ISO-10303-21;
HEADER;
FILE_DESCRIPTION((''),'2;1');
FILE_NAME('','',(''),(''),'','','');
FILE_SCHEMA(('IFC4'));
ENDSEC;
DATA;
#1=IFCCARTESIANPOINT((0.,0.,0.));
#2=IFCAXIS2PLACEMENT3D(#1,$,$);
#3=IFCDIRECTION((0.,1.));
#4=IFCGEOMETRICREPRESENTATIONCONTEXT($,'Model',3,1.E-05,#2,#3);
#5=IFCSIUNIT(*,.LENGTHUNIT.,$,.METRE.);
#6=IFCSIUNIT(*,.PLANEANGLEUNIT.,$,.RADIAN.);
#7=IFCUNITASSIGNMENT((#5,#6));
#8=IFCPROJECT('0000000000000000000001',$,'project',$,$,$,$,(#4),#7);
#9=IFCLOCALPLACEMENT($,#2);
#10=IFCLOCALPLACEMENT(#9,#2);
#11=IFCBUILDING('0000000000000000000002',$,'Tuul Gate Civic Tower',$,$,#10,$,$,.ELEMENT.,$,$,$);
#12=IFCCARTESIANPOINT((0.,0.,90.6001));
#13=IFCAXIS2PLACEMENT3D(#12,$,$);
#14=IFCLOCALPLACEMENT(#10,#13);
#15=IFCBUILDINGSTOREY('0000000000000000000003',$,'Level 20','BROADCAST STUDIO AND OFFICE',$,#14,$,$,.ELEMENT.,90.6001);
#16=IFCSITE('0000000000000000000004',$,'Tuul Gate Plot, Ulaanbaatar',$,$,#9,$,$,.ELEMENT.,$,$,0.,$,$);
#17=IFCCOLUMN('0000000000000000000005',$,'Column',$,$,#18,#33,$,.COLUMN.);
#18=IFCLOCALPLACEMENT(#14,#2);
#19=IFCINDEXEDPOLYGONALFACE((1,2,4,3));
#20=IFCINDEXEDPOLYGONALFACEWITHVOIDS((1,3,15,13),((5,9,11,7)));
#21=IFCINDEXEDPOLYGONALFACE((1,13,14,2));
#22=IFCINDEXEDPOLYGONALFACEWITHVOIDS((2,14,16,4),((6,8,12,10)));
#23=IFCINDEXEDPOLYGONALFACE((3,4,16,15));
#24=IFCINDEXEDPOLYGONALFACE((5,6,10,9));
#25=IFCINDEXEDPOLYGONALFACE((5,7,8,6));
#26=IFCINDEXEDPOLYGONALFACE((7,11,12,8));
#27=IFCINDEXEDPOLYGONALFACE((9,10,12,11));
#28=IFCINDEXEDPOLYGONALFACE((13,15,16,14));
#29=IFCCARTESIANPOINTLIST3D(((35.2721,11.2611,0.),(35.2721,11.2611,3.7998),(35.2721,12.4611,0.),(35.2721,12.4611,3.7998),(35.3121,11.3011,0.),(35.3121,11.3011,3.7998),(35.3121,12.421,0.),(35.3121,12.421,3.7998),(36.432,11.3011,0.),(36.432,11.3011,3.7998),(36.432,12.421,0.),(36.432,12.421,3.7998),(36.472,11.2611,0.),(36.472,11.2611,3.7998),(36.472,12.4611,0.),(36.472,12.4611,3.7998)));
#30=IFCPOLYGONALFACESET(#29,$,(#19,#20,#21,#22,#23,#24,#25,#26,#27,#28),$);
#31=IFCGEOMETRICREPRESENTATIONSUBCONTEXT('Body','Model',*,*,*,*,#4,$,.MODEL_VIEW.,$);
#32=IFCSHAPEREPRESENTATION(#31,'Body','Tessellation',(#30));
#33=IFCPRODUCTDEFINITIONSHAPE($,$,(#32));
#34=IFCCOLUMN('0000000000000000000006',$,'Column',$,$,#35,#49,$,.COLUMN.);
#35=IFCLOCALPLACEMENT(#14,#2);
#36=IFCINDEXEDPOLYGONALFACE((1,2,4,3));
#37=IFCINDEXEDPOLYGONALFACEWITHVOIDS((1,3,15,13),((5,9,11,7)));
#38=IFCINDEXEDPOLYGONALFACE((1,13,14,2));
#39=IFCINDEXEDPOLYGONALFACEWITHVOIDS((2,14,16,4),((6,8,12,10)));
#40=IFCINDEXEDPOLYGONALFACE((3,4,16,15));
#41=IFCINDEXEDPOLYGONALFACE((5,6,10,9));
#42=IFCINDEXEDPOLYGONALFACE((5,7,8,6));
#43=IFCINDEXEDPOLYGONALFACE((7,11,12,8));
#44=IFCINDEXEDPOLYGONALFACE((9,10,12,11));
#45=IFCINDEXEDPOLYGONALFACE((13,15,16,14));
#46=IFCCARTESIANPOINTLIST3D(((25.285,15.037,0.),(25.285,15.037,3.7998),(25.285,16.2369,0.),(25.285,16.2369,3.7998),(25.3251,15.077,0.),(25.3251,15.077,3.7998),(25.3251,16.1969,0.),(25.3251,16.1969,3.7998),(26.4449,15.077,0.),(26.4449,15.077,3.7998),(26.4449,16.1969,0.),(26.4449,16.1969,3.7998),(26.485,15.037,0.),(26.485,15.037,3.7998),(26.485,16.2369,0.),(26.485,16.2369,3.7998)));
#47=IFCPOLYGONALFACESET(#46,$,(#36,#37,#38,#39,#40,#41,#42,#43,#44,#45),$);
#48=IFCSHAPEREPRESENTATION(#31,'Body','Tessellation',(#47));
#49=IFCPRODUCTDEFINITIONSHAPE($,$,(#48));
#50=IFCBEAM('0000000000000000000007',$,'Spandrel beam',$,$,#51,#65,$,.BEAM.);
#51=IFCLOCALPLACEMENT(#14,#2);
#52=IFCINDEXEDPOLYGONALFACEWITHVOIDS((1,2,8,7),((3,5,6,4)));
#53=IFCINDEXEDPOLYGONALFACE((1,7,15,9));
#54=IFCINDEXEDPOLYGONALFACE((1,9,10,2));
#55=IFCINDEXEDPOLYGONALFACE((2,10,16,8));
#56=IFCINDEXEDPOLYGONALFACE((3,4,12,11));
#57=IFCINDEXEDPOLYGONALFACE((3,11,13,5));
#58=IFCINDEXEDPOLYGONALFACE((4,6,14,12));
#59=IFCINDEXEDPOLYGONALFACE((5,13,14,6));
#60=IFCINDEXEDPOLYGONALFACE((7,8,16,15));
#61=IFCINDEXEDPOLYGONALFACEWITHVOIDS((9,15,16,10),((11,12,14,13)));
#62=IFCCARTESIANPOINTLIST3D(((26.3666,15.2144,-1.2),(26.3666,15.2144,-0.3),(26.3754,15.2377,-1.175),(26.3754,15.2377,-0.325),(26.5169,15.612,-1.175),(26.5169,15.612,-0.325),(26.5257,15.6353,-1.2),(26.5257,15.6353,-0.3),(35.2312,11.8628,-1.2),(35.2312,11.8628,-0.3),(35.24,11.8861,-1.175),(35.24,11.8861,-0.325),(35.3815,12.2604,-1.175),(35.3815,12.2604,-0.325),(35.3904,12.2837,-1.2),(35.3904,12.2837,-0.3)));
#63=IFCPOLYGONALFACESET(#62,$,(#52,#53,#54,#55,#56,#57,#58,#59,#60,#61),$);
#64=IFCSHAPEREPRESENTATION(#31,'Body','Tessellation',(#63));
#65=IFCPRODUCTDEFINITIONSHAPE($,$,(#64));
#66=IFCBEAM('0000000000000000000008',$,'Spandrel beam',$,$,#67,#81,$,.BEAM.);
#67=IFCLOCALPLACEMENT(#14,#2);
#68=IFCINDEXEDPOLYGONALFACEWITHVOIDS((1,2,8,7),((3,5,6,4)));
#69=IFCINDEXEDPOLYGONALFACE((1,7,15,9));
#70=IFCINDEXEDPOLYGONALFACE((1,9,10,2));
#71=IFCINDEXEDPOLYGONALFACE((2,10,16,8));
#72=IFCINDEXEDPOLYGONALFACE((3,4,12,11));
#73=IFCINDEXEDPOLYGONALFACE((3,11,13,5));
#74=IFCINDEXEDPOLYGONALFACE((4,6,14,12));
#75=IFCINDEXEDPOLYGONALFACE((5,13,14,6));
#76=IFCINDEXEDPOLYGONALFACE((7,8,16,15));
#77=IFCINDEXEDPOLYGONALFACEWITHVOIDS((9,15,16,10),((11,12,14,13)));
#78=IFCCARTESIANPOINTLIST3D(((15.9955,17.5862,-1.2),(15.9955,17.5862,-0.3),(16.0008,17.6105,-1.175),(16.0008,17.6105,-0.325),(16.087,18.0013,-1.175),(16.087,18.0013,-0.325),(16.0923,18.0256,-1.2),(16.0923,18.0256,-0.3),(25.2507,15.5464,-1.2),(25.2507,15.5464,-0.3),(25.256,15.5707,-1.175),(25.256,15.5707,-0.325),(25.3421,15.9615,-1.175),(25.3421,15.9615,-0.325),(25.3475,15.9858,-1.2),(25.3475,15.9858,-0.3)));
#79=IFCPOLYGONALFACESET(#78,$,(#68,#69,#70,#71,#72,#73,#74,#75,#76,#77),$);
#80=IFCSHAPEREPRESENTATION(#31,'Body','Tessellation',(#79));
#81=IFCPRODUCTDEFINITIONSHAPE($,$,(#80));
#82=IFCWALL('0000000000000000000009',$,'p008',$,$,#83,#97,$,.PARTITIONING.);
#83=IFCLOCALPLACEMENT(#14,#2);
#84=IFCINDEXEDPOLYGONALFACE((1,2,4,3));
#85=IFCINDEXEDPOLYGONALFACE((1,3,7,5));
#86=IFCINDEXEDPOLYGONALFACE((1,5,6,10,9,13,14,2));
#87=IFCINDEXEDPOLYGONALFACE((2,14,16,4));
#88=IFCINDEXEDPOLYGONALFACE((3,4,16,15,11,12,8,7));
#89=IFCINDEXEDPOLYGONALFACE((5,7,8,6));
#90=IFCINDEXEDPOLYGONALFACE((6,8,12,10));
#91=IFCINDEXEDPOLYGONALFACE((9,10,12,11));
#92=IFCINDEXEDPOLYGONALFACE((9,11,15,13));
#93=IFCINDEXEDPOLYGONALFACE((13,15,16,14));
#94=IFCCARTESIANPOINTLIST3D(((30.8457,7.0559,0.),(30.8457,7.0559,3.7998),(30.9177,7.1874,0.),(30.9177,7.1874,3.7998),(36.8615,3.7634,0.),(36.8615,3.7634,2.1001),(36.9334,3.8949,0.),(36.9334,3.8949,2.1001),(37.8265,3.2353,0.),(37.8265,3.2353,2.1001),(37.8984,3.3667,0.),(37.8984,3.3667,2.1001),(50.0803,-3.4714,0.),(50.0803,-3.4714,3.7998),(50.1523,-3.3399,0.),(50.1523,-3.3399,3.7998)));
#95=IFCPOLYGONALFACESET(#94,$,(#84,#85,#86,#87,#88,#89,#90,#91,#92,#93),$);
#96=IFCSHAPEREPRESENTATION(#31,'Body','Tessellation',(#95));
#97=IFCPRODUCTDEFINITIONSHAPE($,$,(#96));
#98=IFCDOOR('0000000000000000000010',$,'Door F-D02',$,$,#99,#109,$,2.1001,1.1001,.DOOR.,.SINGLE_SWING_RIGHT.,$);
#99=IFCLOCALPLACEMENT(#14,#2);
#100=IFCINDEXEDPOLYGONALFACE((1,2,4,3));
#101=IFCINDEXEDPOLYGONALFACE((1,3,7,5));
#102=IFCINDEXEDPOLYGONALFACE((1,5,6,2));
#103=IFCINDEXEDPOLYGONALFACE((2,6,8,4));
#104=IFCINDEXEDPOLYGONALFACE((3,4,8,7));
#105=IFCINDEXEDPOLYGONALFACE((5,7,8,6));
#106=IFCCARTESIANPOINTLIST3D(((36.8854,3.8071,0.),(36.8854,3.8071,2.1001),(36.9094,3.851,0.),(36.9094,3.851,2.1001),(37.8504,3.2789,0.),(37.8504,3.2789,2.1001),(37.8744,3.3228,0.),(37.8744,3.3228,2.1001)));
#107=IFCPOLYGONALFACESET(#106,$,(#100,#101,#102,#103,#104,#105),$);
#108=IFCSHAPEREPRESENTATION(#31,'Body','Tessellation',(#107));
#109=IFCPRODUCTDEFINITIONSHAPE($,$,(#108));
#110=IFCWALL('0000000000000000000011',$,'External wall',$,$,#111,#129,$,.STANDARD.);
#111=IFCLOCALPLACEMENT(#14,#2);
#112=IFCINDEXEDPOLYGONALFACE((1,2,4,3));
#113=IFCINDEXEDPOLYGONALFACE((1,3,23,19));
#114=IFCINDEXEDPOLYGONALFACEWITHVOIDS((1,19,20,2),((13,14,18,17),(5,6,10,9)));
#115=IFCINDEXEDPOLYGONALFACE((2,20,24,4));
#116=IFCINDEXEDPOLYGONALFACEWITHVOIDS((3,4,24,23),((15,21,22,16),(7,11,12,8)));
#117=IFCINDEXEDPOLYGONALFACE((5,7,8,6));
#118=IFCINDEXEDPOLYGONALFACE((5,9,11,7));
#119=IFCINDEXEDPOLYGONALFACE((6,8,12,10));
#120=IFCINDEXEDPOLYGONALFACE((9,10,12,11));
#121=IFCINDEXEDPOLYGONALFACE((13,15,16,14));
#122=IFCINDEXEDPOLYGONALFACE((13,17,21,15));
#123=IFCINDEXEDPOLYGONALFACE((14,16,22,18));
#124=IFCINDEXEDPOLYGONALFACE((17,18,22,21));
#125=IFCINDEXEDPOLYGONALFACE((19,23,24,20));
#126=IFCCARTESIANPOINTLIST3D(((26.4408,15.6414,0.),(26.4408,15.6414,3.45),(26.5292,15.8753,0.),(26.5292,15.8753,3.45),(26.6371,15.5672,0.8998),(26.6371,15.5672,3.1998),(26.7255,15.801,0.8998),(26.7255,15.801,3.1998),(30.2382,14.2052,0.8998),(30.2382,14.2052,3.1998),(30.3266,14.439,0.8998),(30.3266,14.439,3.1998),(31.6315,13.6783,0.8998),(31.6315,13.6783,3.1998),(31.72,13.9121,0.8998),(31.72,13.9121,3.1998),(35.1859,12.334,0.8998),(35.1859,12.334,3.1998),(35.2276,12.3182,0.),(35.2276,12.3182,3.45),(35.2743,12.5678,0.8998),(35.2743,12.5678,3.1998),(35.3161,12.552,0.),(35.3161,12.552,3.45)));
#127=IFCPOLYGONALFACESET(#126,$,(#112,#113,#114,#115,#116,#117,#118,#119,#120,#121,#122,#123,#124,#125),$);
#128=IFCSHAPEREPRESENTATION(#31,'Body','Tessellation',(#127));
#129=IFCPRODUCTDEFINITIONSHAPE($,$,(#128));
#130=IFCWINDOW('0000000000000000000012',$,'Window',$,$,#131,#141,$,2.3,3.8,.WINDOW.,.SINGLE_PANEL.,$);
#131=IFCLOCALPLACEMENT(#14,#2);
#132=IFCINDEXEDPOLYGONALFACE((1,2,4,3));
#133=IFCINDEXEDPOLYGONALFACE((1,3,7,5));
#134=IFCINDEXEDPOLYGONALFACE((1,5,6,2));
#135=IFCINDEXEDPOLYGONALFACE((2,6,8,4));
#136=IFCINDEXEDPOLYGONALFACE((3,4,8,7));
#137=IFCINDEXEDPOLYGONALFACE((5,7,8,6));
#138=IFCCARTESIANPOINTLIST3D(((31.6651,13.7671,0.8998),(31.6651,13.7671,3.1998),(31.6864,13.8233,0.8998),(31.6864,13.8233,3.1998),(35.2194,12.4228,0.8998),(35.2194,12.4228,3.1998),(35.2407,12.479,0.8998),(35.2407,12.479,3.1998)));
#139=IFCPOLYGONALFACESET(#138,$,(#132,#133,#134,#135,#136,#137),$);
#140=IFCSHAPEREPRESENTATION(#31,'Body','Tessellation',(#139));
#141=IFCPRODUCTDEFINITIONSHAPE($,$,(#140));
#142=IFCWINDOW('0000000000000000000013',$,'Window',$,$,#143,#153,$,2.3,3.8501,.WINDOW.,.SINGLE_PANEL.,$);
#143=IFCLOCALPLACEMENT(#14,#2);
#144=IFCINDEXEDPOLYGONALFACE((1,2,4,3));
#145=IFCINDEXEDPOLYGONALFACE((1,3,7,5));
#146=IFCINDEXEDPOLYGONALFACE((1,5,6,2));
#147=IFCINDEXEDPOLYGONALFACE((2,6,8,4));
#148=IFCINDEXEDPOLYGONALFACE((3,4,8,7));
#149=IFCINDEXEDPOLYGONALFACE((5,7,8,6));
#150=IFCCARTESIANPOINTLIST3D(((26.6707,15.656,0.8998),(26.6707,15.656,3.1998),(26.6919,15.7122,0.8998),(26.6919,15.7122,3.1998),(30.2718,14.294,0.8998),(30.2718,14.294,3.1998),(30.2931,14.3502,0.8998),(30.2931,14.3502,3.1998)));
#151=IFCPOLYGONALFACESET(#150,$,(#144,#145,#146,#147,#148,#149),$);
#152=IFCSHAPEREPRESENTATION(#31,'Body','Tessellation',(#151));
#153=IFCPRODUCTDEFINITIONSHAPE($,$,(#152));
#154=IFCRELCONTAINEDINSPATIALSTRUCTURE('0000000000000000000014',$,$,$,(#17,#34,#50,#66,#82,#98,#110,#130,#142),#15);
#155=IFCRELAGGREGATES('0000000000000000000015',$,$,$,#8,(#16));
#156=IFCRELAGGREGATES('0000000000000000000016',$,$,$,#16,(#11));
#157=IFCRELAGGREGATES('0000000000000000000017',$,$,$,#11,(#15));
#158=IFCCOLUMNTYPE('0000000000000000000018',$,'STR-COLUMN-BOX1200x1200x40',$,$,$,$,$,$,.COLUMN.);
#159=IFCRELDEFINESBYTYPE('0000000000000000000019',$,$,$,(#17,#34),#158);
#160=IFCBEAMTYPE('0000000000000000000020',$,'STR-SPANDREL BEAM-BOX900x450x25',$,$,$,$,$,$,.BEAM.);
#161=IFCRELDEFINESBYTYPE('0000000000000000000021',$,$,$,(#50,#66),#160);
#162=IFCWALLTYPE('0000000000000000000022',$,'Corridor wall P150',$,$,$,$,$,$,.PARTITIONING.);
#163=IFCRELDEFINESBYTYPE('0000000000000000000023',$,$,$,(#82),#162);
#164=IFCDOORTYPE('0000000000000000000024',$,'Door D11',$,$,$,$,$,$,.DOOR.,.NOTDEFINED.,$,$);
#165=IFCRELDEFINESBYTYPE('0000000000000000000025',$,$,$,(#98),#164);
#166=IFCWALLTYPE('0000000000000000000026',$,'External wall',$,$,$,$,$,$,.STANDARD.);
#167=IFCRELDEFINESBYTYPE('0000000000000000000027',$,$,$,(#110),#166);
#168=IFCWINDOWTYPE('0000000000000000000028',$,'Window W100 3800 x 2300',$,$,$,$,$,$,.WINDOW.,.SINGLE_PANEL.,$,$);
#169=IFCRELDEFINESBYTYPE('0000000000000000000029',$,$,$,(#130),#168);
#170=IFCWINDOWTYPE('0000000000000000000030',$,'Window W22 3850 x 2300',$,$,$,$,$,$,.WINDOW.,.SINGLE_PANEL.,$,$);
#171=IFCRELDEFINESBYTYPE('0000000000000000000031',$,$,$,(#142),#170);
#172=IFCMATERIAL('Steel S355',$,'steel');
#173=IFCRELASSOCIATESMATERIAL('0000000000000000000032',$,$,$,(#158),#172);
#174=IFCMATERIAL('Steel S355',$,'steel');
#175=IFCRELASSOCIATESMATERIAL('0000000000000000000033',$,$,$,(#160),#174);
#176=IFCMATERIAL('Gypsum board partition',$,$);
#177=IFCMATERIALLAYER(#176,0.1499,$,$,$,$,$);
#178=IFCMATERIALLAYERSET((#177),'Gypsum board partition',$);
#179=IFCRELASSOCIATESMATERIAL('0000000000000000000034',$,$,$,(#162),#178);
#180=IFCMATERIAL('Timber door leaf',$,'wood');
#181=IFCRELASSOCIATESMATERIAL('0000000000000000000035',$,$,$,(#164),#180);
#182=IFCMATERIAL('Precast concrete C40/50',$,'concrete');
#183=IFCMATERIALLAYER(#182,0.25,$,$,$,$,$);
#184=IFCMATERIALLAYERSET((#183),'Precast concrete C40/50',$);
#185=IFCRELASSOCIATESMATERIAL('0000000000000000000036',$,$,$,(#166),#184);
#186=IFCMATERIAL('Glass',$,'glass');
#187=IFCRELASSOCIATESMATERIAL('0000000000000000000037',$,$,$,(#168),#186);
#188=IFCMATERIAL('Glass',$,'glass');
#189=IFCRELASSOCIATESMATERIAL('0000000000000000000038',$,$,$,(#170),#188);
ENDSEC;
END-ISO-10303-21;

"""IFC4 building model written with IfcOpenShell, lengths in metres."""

from ifc_helpers import new_model, si_unit, direction, frame, frame_2d, origin, origin_2d, place, context, subcontext, project, spatial, rectangle, hollow_rectangle, extrude, material, layer, layer_set, material_profile, profile_set, type_object, element, fill, save


model = new_model("IFC4")

# Units and contexts
model_context = context("Model", 3, precision=1e-05, world=origin(), true_north=direction((0.0, 1.0)))
body_context = subcontext(model_context, "Body", "Model", "MODEL_VIEW")
ifc_project = project(units=[si_unit("LENGTHUNIT", "METRE"), si_unit("PLANEANGLEUNIT", "RADIAN")], contexts=[model_context])

# Site, building, storey
site_placement = place(None, origin())
site = spatial("IfcSite", under=ifc_project, at=site_placement, Name="Tuul Gate Plot, Ulaanbaatar", CompositionType="ELEMENT", RefElevation=0.0)
building_placement = place(site_placement, origin())
building = spatial("IfcBuilding", under=site, at=building_placement, Name="Tuul Gate Civic Tower", CompositionType="ELEMENT")
storey_placement = place(building_placement, frame((0.0, 0.0, 90.6001)))
storey = spatial("IfcBuildingStorey", under=building, at=storey_placement, Name="Level 20", Description="BROADCAST STUDIO AND OFFICE", CompositionType="ELEMENT", Elevation=90.6001)

# Columns
ifc_material_1 = material(Name="Steel S355", Category="steel")
ifc_material_profile_1 = material_profile(ifc_material_1, hollow_rectangle(XDim=1.2, YDim=1.2, WallThickness=0.04, at=origin_2d()), Name="BOX1200x1200x40")
ifc_profile_set_1 = profile_set([ifc_material_profile_1], Name="Steel S355")
column_type = type_object("IfcColumnType", Name="STR-COLUMN-BOX1200x1200x40", PredefinedType="COLUMN", material=ifc_profile_set_1)
for number, where, z_axis, x_axis, name in (
    (1, (35.8721, 11.8611, 0.0), (0.0, 0.0, 1.0), (1.0, 0.0, 0.0), "Column"),
    (2, (25.885, 15.637, 0.0), (0.0, 0.0, 1.0), (1.0, 0.0, 0.0), "Column"),
):
    element("IfcColumn", number, at=place(storey_placement, frame(where, z_axis=z_axis, x_axis=x_axis)), inside=storey, type_object=column_type, Name=name, PredefinedType="COLUMN", context=body_context, shape_type="SweptSolid", body=[
        extrude(hollow_rectangle(XDim=1.2, YDim=1.2, WallThickness=0.04, at=origin_2d()), origin(), (0.0, 0.0, 1.0), 3.7998),
    ])

# Beams
ifc_material_2 = material(Name="Steel S355", Category="steel")
ifc_material_profile_2 = material_profile(ifc_material_2, hollow_rectangle(XDim=0.45, YDim=0.8999, WallThickness=0.0249, at=origin_2d()), Name="BOX900x450x25")
ifc_profile_set_2 = profile_set([ifc_material_profile_2], Name="Steel S355")
beam_type = type_object("IfcBeamType", Name="STR-SPANDREL BEAM-BOX900x450x25", PredefinedType="BEAM", material=ifc_profile_set_2)
beam_1_placement = place(storey_placement, frame((35.3108, 12.0732, -0.75), z_axis=(-0.935376, 0.353655, 0.0), x_axis=(-0.353655, -0.935376, 0.0)))
element("IfcBeam", 3, at=beam_1_placement, inside=storey, type_object=beam_type, Name="Spandrel beam", PredefinedType="BEAM", context=body_context, shape_type="SweptSolid", body=[
    extrude(hollow_rectangle(XDim=0.45, YDim=0.8999, WallThickness=0.0249, at=origin_2d()), origin(), (0.0, 0.0, 1.0), 9.4771),
])
beam_2_placement = place(storey_placement, frame((25.2991, 15.7661, -0.75), z_axis=(-0.976563, 0.215231, 0.0), x_axis=(-0.215231, -0.976563, 0.0)))
element("IfcBeam", 4, at=beam_2_placement, inside=storey, type_object=beam_type, Name="Spandrel beam", PredefinedType="BEAM", context=body_context, shape_type="SweptSolid", body=[
    extrude(hollow_rectangle(XDim=0.45, YDim=0.8999, WallThickness=0.0249, at=origin_2d()), origin(), (0.0, 0.0, 1.0), 9.4773),
])

# Wall, opening, door
ifc_material_3 = material(Name="Gypsum board partition")
ifc_layer_1 = layer(ifc_material_3, 0.1499)
ifc_layer_set_1 = layer_set([ifc_layer_1], Name="Gypsum board partition")
wall_type_1 = type_object("IfcWallType", Name="Corridor wall P150", PredefinedType="PARTITIONING", material=ifc_layer_set_1)
wall_1_placement = place(storey_placement, frame((30.8818, 7.1216, 0.0), z_axis=(0.0, 0.0, 1.0), x_axis=(0.87721, -0.480108, 0.0)))
wall_1 = element("IfcWall", 5, at=wall_1_placement, inside=storey, type_object=wall_type_1, Name="p008", PredefinedType="PARTITIONING", context=body_context, shape_type="SweptSolid", body=[
    extrude(rectangle(XDim=21.927, YDim=0.1499, at=frame_2d((10.9634, 0.0))), origin(), (0.0, 0.0, 1.0), 3.7998),
])
opening_1_placement = place(wall_1_placement, frame((6.8577, 0.0, 0.0)))
opening_1 = element("IfcOpeningElement", 6, at=opening_1_placement, cuts=wall_1, PredefinedType="OPENING", context=body_context, shape_type="SweptSolid", body=[
    extrude(rectangle(XDim=1.1001, YDim=2.1001, at=frame_2d((0.55, 1.05))), frame((0.0, 0.085, 0.0), z_axis=(0.0, -1.0, 0.0), x_axis=(1.0, 0.0, 0.0)), (0.0, 0.0, 1.0), 0.1699),
])
ifc_material_4 = material(Name="Timber door leaf", Category="wood")
door_type = type_object("IfcDoorType", Name="Door D11", OperationType="NOTDEFINED", PredefinedType="DOOR", material=ifc_material_4)
door_placement = place(opening_1_placement, origin())
door = element("IfcDoor", 7, at=door_placement, inside=storey, type_object=door_type, Name="Door F-D02", OperationType="SINGLE_SWING_RIGHT", OverallHeight=2.1001, OverallWidth=1.1001, PredefinedType="DOOR", context=body_context, shape_type="SweptSolid", body=[
    extrude(rectangle(XDim=1.1001, YDim=2.1001, at=frame_2d((0.55, 1.05))), frame((0.0, 0.0249, 0.0), z_axis=(0.0, -1.0, 0.0), x_axis=(1.0, 0.0, 0.0)), (0.0, 0.0, 1.0), 0.05),
])
fill(opening_1, door)

# Wall, openings, windows
ifc_material_5 = material(Name="Precast concrete C40/50", Category="concrete")
ifc_layer_2 = layer(ifc_material_5, 0.25)
ifc_layer_set_2 = layer_set([ifc_layer_2], Name="Precast concrete C40/50")
wall_type_2 = type_object("IfcWallType", Name="External wall", PredefinedType="STANDARD", material=ifc_layer_set_2)
wall_2_placement = place(storey_placement, frame((35.272, 12.4351, 0.0), z_axis=(0.0, 0.0, 1.0), x_axis=(-0.93534, 0.353751, 0.0)))
wall_2 = element("IfcWall", 8, at=wall_2_placement, inside=storey, type_object=wall_type_2, Name="External wall", PredefinedType="STANDARD", context=body_context, shape_type="SweptSolid", body=[
    extrude(rectangle(XDim=9.3943, YDim=0.25, at=frame_2d((4.6973, 0.0))), origin(), (0.0, 0.0, 1.0), 3.45),
])
opening_2_placement = place(wall_2_placement, frame((0.0449, 0.0, 0.8999)))
opening_2 = element("IfcOpeningElement", 9, at=opening_2_placement, cuts=wall_2, PredefinedType="OPENING", context=body_context, shape_type="SweptSolid", body=[
    extrude(rectangle(XDim=3.8, YDim=2.3, at=frame_2d((1.8999, 1.1499))), frame((0.0, 0.135, 0.0), z_axis=(0.0, -1.0, 0.0), x_axis=(1.0, 0.0, 0.0)), (0.0, 0.0, 1.0), 0.27),
])
opening_3_placement = place(wall_2_placement, frame((5.3345, 0.0, 0.8999)))
opening_3 = element("IfcOpeningElement", 10, at=opening_3_placement, cuts=wall_2, PredefinedType="OPENING", context=body_context, shape_type="SweptSolid", body=[
    extrude(rectangle(XDim=3.8501, YDim=2.3, at=frame_2d((1.925, 1.1499))), frame((0.0, 0.135, 0.0), z_axis=(0.0, -1.0, 0.0), x_axis=(1.0, 0.0, 0.0)), (0.0, 0.0, 1.0), 0.27),
])
ifc_material_6 = material(Name="Glass", Category="glass")
window_type_1 = type_object("IfcWindowType", Name="Window W100 3800 x 2300", PartitioningType="SINGLE_PANEL", PredefinedType="WINDOW", material=ifc_material_6)
window_1_placement = place(opening_2_placement, origin())
window_1 = element("IfcWindow", 11, at=window_1_placement, inside=storey, type_object=window_type_1, Name="Window", OverallHeight=2.3, OverallWidth=3.8, PartitioningType="SINGLE_PANEL", PredefinedType="WINDOW", context=body_context, shape_type="SweptSolid", body=[
    extrude(rectangle(XDim=3.8, YDim=2.3, at=frame_2d((1.8999, 1.1499))), frame((0.0, 0.03, 0.0), z_axis=(0.0, -1.0, 0.0), x_axis=(1.0, 0.0, 0.0)), (0.0, 0.0, 1.0), 0.0601),
])
fill(opening_2, window_1)
ifc_material_7 = material(Name="Glass", Category="glass")
window_type_2 = type_object("IfcWindowType", Name="Window W22 3850 x 2300", PartitioningType="SINGLE_PANEL", PredefinedType="WINDOW", material=ifc_material_7)
window_2_placement = place(opening_3_placement, origin())
window_2 = element("IfcWindow", 12, at=window_2_placement, inside=storey, type_object=window_type_2, Name="Window", OverallHeight=2.3, OverallWidth=3.8501, PartitioningType="SINGLE_PANEL", PredefinedType="WINDOW", context=body_context, shape_type="SweptSolid", body=[
    extrude(rectangle(XDim=3.8501, YDim=2.3, at=frame_2d((1.925, 1.1499))), frame((0.0, 0.03, 0.0), z_axis=(0.0, -1.0, 0.0), x_axis=(1.0, 0.0, 0.0)), (0.0, 0.0, 1.0), 0.0601),
])
fill(opening_3, window_2)

save(model, "model.ifc")
